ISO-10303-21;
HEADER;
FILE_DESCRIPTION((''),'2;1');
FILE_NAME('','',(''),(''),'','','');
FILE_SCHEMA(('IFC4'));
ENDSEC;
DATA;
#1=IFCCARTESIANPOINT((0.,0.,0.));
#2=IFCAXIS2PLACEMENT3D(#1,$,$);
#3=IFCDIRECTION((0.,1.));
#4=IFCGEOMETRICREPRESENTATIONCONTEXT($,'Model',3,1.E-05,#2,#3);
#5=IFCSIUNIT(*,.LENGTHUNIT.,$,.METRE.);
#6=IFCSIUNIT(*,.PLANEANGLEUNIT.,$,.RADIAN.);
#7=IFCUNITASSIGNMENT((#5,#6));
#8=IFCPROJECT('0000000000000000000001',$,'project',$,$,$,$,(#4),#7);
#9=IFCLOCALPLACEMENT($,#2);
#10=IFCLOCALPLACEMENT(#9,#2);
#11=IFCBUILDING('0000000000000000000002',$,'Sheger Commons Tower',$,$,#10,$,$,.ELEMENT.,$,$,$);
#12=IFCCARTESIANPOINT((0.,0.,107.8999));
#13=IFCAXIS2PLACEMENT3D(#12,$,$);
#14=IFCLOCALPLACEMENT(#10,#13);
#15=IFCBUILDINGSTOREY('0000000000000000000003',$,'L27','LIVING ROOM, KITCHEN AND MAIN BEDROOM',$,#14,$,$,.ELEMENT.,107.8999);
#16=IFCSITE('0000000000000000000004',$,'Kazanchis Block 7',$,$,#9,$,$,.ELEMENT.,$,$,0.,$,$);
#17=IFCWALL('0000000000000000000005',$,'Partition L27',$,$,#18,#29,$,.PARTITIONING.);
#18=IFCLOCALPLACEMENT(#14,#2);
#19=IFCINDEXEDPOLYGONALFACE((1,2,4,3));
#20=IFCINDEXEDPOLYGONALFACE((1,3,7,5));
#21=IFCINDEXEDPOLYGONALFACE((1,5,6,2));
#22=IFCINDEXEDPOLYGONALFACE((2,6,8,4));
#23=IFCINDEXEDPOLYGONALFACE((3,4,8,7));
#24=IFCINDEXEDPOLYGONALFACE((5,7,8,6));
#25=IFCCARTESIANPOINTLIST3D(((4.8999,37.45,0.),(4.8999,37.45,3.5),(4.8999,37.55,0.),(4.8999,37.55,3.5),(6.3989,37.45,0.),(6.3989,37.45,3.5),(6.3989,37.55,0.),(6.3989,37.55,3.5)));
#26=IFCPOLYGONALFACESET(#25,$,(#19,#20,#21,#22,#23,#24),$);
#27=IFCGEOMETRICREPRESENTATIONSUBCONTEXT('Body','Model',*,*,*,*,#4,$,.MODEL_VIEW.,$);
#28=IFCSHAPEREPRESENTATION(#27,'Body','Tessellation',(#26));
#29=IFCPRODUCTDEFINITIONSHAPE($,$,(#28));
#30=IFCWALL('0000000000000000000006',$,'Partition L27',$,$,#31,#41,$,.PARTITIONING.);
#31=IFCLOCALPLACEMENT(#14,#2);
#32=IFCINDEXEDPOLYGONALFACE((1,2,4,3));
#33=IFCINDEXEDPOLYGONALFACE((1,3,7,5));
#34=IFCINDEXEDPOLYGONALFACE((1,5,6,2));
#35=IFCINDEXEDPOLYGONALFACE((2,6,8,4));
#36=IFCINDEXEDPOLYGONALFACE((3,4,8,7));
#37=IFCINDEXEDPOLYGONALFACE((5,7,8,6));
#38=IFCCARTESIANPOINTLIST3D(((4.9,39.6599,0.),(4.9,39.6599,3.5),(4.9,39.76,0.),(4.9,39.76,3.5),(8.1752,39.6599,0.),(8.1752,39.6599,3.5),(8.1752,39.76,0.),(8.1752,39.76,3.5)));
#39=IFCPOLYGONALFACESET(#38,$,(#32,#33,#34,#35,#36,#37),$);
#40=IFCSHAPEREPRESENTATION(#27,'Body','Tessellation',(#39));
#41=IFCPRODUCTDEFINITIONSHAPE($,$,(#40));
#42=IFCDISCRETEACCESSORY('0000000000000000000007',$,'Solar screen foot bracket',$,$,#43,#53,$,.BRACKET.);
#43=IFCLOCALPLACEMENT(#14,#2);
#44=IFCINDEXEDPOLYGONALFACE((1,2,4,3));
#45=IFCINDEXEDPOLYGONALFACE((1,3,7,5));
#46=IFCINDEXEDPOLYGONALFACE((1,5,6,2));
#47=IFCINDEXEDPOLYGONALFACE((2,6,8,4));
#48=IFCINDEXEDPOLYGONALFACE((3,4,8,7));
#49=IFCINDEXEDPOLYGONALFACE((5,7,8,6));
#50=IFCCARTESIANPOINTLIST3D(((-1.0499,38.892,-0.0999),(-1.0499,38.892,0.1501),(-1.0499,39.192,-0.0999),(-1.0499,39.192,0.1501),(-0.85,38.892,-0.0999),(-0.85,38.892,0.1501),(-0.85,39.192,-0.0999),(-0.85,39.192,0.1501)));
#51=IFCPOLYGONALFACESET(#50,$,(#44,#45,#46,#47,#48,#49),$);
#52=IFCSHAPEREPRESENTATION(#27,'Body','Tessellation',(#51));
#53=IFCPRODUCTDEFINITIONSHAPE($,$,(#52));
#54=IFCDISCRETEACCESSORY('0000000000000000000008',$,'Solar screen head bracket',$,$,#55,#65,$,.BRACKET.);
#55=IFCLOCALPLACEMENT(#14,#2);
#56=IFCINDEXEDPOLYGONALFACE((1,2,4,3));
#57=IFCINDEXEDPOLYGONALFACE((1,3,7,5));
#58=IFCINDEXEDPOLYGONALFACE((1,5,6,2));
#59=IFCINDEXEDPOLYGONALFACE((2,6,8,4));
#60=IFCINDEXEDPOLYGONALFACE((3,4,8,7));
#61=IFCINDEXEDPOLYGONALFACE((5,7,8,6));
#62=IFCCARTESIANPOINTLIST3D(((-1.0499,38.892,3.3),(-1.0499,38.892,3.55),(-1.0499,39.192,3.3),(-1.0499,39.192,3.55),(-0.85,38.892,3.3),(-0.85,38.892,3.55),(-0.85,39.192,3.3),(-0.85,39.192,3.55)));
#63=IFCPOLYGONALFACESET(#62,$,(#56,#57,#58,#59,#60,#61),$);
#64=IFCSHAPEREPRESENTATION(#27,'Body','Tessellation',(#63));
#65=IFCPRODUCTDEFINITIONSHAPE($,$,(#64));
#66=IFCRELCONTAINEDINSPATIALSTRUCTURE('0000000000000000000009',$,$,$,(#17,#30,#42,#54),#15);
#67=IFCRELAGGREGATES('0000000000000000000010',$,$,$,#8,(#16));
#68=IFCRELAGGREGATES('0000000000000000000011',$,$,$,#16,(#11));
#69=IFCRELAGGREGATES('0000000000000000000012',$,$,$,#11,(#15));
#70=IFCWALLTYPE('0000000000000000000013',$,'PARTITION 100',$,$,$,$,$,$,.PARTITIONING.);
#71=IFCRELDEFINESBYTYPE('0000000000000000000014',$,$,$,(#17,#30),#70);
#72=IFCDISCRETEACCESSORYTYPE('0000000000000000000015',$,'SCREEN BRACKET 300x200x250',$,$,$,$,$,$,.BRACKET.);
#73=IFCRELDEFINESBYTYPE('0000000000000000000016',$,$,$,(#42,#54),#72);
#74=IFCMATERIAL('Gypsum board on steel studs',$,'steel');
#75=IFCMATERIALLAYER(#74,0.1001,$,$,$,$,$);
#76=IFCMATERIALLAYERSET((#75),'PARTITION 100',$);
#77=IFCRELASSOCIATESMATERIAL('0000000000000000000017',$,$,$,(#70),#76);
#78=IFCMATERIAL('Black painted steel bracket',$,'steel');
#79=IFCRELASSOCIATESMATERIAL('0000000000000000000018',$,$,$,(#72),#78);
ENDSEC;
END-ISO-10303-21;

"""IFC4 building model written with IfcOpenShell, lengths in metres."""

from ifc_helpers import new_model, si_unit, direction, frame, frame_2d, origin, origin_2d, place, context, subcontext, project, spatial, rectangle, extrude, material, layer, layer_set, type_object, element, save


model = new_model("IFC4")

# Units and contexts
model_context = context("Model", 3, precision=1e-05, world=origin(), true_north=direction((0.0, 1.0)))
body_context = subcontext(model_context, "Body", "Model", "MODEL_VIEW")
ifc_project = project(units=[si_unit("LENGTHUNIT", "METRE"), si_unit("PLANEANGLEUNIT", "RADIAN")], contexts=[model_context])

# Site, building, storey
site_placement = place(None, origin())
site = spatial("IfcSite", under=ifc_project, at=site_placement, Name="Kazanchis Block 7", CompositionType="ELEMENT", RefElevation=0.0)
building_placement = place(site_placement, origin())
building = spatial("IfcBuilding", under=site, at=building_placement, Name="Sheger Commons Tower", CompositionType="ELEMENT")
storey_placement = place(building_placement, frame((0.0, 0.0, 107.8999)))
storey = spatial("IfcBuildingStorey", under=building, at=storey_placement, Name="L27", Description="LIVING ROOM, KITCHEN AND MAIN BEDROOM", CompositionType="ELEMENT", Elevation=107.8999)

# Shared definitions
ifc_material_1 = material(Name="Gypsum board on steel studs", Category="steel")
ifc_layer_1 = layer(ifc_material_1, 0.1001)
ifc_layer_set_1 = layer_set([ifc_layer_1], Name="PARTITION 100")
wall_type_1 = type_object("IfcWallType", Name="PARTITION 100", PredefinedType="PARTITIONING", material=ifc_layer_set_1)

# Walls
wall_1_placement = place(storey_placement, frame((4.8999, 37.5, 0.0), z_axis=(0.0, 0.0, 1.0), x_axis=(1.0, 0.0, 0.0)))
element("IfcWall", 1, at=wall_1_placement, inside=storey, type_object=wall_type_1, Name="Partition L27", PredefinedType="PARTITIONING", context=body_context, shape_type="SweptSolid", body=[
    extrude(rectangle(XDim=1.499, YDim=0.1001, at=frame_2d((0.7495, 0.0))), origin(), (0.0, 0.0, 1.0), 3.5),
])
wall_2_placement = place(storey_placement, frame((4.8999, 39.71, 0.0), z_axis=(0.0, 0.0, 1.0), x_axis=(1.0, 0.0, 0.0)))
element("IfcWall", 2, at=wall_2_placement, inside=storey, type_object=wall_type_1, Name="Partition L27", PredefinedType="PARTITIONING", context=body_context, shape_type="SweptSolid", body=[
    extrude(rectangle(XDim=3.2751, YDim=0.1001, at=frame_2d((1.6377, 0.0))), origin(), (0.0, 0.0, 1.0), 3.5),
])

# Discrete accessories
ifc_material_2 = material(Name="Black painted steel bracket", Category="steel")
discrete_accessory_type = type_object("IfcDiscreteAccessoryType", Name="SCREEN BRACKET 300x200x250", PredefinedType="BRACKET", material=ifc_material_2)
for number, where, z_axis, x_axis, name in (
    (3, (-0.95, 39.042, -0.0999), (0.0, 0.0, 1.0), (0.0, -1.0, 0.0), "Solar screen foot bracket"),
    (4, (-0.95, 39.042, 3.3), (0.0, 0.0, 1.0), (0.0, -1.0, 0.0), "Solar screen head bracket"),
):
    element("IfcDiscreteAccessory", number, at=place(storey_placement, frame(where, z_axis=z_axis, x_axis=x_axis)), inside=storey, type_object=discrete_accessory_type, Name=name, PredefinedType="BRACKET", context=body_context, shape_type="SweptSolid", body=[
        extrude(rectangle(XDim=0.3, YDim=0.2, at=origin_2d()), origin(), (0.0, 0.0, 1.0), 0.25),
    ])

save(model, "model.ifc")
